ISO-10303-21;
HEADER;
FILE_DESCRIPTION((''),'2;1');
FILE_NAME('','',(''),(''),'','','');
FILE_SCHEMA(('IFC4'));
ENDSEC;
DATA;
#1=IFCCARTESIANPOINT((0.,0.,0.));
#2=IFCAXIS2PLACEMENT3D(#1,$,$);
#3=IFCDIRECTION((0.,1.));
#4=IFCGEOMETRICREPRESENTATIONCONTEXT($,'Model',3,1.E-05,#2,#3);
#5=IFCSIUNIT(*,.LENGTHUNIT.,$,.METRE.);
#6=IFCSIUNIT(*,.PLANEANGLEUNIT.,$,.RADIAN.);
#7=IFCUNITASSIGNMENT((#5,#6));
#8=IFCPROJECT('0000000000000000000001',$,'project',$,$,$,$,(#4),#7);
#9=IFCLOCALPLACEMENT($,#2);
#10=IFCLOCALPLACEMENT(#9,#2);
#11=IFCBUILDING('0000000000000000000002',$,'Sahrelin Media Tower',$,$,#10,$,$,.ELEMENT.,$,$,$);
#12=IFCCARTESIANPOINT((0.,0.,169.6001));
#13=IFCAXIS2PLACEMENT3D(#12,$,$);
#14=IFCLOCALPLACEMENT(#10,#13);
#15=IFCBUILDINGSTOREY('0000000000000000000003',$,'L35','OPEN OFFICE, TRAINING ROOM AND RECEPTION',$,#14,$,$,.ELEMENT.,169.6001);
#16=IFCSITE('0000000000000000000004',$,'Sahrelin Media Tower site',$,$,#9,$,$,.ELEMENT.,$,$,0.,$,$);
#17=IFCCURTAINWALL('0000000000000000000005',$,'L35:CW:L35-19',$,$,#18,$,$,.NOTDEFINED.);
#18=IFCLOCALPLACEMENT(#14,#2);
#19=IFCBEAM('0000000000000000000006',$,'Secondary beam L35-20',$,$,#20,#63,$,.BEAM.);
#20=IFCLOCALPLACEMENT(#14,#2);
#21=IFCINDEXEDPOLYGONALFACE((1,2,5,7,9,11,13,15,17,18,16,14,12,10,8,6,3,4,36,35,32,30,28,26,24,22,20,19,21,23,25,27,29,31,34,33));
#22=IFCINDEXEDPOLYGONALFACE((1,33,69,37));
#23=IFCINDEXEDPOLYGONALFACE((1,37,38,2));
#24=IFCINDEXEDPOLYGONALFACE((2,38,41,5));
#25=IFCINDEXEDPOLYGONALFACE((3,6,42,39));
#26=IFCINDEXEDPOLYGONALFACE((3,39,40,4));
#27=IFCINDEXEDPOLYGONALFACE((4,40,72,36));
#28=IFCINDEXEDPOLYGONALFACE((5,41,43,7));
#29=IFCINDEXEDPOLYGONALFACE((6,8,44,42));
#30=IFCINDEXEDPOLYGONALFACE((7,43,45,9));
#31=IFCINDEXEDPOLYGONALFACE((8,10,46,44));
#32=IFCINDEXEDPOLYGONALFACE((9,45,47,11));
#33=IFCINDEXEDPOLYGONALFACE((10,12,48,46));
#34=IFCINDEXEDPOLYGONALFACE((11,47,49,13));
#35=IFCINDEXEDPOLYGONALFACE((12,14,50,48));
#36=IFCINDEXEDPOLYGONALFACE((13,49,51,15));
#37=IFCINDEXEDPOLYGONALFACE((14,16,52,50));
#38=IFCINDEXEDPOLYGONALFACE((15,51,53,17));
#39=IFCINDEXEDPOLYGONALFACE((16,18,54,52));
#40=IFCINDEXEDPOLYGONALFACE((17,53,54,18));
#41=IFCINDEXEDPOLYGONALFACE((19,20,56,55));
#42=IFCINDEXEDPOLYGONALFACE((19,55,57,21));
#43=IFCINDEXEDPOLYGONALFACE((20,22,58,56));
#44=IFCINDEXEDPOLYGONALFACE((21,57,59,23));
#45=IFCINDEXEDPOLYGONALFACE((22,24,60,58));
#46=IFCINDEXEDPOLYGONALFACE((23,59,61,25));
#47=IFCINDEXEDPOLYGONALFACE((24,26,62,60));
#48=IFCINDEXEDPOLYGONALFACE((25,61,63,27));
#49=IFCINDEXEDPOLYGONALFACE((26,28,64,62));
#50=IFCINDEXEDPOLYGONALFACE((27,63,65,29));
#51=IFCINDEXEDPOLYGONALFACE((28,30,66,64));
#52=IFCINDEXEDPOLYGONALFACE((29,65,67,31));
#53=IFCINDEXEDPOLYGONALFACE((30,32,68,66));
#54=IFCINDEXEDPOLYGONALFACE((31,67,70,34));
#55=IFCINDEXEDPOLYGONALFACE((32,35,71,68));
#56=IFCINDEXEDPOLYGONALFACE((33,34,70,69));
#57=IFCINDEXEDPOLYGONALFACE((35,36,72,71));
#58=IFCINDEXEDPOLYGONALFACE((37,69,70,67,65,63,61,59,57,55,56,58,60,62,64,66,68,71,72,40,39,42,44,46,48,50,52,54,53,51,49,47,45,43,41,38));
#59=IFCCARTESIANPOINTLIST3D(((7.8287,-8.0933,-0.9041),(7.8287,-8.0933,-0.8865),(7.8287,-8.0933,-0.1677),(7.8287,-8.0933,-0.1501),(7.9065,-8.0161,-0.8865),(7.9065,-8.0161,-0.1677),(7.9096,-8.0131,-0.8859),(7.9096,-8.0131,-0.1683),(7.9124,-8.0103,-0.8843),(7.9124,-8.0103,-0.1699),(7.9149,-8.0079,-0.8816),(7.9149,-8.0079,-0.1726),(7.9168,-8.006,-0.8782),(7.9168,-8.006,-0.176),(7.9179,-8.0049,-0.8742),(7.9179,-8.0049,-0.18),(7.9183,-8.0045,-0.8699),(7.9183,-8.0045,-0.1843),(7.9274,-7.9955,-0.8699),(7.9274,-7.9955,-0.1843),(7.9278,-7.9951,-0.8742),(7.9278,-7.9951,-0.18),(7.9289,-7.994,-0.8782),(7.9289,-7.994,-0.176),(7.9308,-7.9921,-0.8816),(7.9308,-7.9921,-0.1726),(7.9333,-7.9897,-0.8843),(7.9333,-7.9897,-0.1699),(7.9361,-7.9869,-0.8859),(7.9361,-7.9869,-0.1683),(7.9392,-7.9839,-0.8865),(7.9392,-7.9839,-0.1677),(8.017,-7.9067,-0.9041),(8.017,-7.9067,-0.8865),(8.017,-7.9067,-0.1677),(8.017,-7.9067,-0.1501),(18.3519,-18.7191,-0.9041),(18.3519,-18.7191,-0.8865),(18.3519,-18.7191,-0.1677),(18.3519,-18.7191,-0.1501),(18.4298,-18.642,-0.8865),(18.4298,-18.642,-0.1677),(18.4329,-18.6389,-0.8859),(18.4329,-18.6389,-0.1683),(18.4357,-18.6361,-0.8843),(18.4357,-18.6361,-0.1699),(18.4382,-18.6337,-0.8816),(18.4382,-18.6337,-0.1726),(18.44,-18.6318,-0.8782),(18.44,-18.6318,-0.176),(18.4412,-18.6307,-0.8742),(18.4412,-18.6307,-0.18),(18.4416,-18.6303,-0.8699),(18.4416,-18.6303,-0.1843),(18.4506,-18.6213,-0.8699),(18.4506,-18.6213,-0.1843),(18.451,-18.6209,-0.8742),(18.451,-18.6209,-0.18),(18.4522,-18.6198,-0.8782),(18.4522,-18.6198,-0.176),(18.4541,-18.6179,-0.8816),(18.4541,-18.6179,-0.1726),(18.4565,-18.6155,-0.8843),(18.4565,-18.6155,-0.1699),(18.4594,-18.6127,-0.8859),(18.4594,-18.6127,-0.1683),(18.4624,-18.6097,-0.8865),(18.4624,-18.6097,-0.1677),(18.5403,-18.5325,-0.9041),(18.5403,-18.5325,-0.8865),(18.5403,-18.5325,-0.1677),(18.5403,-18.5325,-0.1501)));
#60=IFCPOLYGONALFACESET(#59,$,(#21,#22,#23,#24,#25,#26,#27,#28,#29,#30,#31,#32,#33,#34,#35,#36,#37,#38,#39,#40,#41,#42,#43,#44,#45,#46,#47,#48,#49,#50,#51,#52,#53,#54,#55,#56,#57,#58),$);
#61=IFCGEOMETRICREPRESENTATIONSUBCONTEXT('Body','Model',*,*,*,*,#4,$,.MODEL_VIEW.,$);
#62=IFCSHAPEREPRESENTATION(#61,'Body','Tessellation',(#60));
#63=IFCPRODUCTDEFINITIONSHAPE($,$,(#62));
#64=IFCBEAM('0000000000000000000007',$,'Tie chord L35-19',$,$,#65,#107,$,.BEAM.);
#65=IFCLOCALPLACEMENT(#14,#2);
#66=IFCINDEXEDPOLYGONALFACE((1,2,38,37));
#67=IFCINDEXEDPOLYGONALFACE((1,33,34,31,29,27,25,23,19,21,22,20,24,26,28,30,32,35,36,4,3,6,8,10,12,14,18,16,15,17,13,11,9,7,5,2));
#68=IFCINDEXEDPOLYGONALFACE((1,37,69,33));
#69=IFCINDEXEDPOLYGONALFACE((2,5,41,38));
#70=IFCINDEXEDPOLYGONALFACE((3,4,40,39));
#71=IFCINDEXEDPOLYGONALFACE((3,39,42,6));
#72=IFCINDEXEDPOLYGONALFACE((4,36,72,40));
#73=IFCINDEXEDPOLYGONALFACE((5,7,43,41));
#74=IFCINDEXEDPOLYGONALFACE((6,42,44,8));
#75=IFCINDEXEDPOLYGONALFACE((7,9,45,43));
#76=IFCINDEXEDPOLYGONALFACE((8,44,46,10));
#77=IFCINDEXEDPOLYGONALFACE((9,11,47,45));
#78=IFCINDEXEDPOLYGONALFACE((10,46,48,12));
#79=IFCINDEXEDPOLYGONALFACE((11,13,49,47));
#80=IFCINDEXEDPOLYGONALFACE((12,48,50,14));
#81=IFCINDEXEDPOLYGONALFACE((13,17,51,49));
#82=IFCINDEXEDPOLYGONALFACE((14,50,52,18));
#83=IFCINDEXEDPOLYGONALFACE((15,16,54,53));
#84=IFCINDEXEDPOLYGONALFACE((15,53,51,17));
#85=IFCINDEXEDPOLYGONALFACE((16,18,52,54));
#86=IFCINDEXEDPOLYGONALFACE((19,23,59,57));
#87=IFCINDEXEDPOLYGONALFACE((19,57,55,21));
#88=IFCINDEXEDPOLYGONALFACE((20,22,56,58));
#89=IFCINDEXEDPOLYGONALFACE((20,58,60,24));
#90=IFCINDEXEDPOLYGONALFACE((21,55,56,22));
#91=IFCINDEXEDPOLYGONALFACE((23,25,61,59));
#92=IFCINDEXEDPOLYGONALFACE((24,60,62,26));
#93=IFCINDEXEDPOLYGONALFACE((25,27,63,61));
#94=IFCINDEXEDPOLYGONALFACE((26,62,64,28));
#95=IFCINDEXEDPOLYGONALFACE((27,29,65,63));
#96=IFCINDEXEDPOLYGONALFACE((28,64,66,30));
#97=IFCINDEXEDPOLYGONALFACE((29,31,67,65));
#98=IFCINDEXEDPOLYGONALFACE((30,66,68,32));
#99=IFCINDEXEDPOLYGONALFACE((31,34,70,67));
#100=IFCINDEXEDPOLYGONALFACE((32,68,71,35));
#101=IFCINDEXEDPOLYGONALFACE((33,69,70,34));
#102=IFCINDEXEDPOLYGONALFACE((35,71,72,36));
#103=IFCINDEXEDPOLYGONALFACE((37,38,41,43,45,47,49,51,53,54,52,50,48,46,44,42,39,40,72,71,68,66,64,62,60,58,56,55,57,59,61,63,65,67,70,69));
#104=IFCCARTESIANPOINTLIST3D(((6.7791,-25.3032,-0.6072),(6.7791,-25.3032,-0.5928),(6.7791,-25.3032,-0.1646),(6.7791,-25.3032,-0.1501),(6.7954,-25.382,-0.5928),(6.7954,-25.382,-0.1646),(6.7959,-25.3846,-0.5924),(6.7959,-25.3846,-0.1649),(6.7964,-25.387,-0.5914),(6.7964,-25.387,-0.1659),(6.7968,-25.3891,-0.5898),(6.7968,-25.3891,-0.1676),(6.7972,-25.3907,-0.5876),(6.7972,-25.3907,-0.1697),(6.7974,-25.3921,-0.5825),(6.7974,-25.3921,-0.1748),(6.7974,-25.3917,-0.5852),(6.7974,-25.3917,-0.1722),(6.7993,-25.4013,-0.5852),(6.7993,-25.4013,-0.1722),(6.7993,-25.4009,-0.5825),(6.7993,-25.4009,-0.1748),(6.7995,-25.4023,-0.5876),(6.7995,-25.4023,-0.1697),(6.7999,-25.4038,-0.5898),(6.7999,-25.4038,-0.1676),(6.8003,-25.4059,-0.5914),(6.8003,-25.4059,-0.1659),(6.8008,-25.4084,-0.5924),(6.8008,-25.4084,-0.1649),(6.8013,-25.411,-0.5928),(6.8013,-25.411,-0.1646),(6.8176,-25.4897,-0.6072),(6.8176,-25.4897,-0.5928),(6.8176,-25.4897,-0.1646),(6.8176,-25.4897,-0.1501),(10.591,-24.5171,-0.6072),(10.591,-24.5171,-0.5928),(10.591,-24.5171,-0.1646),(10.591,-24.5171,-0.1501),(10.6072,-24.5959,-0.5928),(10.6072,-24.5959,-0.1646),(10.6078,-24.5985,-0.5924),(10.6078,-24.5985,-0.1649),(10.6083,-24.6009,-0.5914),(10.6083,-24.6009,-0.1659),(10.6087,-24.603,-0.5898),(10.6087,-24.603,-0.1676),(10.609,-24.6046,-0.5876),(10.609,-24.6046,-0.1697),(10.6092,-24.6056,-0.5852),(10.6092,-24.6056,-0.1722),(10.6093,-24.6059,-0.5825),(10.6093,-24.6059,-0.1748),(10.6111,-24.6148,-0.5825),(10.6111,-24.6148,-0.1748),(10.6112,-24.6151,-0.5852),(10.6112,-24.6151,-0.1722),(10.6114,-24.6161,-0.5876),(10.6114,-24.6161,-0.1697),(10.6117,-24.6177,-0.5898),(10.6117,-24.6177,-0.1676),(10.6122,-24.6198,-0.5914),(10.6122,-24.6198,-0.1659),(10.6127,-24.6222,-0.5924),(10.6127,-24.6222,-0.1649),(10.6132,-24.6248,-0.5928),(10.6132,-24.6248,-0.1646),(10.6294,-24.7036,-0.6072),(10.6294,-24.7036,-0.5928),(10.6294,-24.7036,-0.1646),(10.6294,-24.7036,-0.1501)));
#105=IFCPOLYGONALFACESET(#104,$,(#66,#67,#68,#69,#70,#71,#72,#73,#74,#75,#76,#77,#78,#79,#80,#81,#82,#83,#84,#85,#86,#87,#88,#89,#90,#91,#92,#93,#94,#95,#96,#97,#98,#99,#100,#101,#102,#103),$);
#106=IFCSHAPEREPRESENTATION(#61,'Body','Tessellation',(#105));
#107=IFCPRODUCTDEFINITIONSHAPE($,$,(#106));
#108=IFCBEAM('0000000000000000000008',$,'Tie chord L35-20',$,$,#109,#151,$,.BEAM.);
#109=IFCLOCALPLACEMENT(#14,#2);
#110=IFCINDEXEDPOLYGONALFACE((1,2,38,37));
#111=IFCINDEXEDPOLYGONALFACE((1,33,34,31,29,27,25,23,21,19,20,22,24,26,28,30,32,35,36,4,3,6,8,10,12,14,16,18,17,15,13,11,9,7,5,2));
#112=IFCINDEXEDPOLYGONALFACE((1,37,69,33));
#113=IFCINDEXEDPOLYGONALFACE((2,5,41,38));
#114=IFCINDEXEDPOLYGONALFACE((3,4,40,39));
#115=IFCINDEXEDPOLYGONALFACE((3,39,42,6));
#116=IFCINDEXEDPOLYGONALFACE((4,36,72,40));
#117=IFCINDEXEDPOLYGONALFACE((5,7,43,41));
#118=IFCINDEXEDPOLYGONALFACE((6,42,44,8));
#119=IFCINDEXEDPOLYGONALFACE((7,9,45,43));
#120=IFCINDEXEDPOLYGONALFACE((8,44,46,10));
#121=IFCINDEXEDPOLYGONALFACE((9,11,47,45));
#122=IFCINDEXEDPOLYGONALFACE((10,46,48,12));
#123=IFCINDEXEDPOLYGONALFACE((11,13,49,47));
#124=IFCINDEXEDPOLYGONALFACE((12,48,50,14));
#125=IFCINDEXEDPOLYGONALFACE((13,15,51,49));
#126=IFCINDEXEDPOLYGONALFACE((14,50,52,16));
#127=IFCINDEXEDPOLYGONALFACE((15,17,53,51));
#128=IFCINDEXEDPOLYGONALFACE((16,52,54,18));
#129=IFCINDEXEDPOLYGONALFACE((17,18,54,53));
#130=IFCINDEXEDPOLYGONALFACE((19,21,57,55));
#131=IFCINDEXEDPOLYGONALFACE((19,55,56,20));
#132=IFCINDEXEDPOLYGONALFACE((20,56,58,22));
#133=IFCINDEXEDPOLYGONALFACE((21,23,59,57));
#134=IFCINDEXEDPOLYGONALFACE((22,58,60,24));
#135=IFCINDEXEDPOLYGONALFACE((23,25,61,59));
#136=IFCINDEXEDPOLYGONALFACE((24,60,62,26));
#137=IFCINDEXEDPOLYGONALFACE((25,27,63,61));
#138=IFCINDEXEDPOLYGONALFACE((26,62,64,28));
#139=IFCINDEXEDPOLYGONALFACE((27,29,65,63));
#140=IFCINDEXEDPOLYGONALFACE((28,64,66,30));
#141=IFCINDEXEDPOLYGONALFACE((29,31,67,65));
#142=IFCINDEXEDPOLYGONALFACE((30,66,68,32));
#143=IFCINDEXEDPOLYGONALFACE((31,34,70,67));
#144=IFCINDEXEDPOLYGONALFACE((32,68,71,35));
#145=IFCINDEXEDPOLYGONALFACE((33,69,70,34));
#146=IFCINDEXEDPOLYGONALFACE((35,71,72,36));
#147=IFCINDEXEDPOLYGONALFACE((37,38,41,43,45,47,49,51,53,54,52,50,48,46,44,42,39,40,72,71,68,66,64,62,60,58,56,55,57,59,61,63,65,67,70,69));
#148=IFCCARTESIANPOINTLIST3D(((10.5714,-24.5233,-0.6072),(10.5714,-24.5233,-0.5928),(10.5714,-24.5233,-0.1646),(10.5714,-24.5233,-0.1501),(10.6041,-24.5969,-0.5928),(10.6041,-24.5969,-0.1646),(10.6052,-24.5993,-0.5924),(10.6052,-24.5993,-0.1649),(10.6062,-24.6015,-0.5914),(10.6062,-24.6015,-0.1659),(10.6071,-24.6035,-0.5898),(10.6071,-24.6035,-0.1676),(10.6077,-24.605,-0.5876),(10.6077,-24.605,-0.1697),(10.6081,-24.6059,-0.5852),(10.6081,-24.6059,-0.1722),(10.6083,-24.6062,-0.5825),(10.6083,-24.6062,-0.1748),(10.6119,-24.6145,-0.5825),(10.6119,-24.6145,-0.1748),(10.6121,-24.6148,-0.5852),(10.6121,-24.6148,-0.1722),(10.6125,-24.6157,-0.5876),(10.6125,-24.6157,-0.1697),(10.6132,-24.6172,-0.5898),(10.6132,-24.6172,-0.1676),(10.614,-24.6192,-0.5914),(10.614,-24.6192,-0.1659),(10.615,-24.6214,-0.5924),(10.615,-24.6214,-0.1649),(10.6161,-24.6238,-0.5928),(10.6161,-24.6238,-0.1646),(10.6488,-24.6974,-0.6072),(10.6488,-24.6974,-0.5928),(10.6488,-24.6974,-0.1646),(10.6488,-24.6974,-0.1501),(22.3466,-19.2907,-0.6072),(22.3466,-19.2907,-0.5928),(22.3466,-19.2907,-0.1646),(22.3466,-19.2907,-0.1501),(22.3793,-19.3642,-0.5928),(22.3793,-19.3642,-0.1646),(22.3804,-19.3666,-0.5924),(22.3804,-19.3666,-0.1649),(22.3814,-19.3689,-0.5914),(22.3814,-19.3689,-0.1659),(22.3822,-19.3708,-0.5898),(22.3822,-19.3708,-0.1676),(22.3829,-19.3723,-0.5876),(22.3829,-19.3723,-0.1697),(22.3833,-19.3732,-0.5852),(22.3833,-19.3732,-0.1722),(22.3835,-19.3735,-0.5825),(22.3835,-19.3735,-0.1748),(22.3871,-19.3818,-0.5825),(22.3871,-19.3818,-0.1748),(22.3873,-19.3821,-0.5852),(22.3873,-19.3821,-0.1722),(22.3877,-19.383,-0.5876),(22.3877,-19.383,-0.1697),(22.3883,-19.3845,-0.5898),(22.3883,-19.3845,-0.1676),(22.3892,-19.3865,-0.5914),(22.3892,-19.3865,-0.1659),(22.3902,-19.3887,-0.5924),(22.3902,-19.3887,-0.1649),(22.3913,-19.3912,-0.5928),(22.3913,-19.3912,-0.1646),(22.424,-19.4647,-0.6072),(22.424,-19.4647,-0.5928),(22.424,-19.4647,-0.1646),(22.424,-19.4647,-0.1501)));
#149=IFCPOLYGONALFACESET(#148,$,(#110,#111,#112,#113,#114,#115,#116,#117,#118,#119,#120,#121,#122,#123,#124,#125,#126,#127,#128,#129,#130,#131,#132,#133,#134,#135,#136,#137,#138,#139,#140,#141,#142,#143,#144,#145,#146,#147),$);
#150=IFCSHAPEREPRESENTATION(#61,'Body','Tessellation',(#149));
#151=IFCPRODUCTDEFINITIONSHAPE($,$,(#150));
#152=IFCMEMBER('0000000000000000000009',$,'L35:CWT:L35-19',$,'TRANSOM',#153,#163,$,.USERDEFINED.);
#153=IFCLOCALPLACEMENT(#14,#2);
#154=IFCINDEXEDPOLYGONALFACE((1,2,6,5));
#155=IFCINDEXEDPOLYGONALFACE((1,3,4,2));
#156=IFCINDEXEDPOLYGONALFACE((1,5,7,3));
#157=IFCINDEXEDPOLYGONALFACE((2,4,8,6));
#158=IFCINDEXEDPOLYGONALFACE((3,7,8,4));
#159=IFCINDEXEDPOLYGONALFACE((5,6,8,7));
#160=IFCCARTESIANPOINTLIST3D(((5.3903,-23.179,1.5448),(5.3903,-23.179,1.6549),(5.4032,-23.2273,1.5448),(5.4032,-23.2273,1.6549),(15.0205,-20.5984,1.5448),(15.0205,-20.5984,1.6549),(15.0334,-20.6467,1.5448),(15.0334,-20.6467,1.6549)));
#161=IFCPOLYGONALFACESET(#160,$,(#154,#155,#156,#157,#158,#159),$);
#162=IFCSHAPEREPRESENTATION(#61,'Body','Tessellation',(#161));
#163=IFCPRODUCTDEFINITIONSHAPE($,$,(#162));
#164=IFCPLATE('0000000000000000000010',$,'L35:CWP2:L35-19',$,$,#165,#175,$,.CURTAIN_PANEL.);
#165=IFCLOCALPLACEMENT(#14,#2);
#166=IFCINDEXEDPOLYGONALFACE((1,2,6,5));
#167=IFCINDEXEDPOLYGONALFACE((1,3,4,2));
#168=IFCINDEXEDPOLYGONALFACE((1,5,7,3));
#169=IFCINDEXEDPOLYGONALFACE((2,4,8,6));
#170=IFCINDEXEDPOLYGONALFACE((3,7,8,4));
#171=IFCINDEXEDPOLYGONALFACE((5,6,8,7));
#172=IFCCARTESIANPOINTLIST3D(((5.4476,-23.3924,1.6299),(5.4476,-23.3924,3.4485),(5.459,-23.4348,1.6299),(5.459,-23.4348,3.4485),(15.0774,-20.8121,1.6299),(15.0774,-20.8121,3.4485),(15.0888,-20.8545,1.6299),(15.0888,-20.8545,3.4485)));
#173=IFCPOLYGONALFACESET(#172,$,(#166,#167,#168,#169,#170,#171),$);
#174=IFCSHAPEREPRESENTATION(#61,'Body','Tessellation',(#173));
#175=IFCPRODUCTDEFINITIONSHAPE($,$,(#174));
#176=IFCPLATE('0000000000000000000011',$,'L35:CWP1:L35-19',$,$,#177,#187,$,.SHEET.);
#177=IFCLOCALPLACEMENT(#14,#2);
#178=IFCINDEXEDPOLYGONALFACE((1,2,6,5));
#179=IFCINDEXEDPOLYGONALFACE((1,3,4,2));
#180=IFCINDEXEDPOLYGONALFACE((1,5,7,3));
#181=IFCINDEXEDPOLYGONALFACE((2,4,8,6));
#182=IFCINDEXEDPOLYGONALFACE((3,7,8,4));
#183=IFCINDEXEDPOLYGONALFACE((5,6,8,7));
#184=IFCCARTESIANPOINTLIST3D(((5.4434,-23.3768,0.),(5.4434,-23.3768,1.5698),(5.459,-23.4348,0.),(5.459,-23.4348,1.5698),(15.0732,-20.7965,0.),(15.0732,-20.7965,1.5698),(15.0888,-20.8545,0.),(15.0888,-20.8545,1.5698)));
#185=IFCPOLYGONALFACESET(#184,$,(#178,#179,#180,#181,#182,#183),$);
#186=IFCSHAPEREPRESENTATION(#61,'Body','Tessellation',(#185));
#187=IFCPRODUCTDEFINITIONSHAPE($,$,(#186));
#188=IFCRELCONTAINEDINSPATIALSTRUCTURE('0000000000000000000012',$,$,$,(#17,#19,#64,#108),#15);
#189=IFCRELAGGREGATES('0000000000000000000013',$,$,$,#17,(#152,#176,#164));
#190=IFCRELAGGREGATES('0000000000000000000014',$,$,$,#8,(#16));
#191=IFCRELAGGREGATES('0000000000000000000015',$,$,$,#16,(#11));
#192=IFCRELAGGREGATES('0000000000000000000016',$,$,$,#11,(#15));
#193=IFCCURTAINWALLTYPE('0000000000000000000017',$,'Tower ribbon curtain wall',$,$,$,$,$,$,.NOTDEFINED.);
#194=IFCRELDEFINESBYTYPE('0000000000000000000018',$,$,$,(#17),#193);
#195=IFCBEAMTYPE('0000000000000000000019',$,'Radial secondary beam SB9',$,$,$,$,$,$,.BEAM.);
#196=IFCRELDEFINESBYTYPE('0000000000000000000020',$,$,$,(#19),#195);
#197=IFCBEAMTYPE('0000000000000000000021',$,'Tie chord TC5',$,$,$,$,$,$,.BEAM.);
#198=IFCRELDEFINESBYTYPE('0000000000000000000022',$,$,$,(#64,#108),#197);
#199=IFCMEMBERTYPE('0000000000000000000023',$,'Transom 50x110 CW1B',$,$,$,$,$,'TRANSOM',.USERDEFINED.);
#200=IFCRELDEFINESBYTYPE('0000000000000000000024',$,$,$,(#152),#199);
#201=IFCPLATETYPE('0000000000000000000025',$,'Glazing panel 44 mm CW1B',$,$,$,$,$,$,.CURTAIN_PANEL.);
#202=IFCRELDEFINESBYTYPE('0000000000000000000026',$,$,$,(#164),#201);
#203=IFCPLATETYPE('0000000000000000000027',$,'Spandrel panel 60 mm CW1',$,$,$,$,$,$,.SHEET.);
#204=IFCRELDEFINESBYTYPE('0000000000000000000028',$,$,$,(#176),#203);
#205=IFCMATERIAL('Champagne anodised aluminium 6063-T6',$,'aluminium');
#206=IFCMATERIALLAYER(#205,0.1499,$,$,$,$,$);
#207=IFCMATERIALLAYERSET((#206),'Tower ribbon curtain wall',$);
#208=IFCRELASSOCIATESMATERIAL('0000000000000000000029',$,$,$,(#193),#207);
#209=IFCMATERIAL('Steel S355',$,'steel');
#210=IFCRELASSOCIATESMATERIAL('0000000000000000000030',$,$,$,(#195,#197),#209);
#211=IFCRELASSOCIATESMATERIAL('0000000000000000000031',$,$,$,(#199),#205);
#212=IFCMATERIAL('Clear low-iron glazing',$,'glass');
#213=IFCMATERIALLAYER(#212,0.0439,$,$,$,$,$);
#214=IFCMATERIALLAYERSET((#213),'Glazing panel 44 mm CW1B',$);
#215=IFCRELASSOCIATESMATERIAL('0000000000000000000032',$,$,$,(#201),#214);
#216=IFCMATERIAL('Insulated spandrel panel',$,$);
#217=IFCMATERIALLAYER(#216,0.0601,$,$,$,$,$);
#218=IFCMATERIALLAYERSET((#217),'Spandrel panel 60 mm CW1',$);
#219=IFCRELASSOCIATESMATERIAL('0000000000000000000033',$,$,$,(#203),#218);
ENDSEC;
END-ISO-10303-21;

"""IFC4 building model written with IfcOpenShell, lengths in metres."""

from ifc_helpers import new_model, si_unit, direction, frame, origin, origin_2d, place, context, subcontext, project, spatial, polyline, rectangle, i_section, outline, extrude, material, layer, layer_set, material_profile, profile_set, type_object, element, aggregate, save


model = new_model("IFC4")

# Units and contexts
model_context = context("Model", 3, precision=1e-05, world=origin(), true_north=direction((0.0, 1.0)))
body_context = subcontext(model_context, "Body", "Model", "MODEL_VIEW")
ifc_project = project(units=[si_unit("LENGTHUNIT", "METRE"), si_unit("PLANEANGLEUNIT", "RADIAN")], contexts=[model_context])

# Site, building, storey
site_placement = place(None, origin())
site = spatial("IfcSite", under=ifc_project, at=site_placement, Name="Sahrelin Media Tower site", CompositionType="ELEMENT", RefElevation=0.0)
building_placement = place(site_placement, origin())
building = spatial("IfcBuilding", under=site, at=building_placement, Name="Sahrelin Media Tower", CompositionType="ELEMENT")
storey_placement = place(building_placement, frame((0.0, 0.0, 169.6001)))
storey = spatial("IfcBuildingStorey", under=building, at=storey_placement, Name="L35", Description="OPEN OFFICE, TRAINING ROOM AND RECEPTION", CompositionType="ELEMENT", Elevation=169.6001)

# Shared definitions
ifc_material_1 = material(Name="Steel S355", Category="steel")

# Curtain wall
ifc_material_2 = material(Name="Champagne anodised aluminium 6063-T6", Category="aluminium")
ifc_layer_1 = layer(ifc_material_2, 0.1499)
ifc_layer_set_1 = layer_set([ifc_layer_1], Name="Tower ribbon curtain wall")
curtain_wall_type = type_object("IfcCurtainWallType", Name="Tower ribbon curtain wall", PredefinedType="NOTDEFINED", material=ifc_layer_set_1)
curtain_wall_placement = place(storey_placement, frame((10.2688, -22.1255, 0.0), z_axis=(0.0, 0.0, 1.0), x_axis=(1.0, 0.0, 0.0)))
curtain_wall = element("IfcCurtainWall", 1, at=curtain_wall_placement, inside=storey, type_object=curtain_wall_type, Name="L35:CW:L35-19", PredefinedType="NOTDEFINED")

# Beams
ifc_material_profile_1 = material_profile(ifc_material_1, i_section(OverallWidth=0.2651, OverallDepth=0.7539, WebThickness=0.0127, FlangeThickness=0.0176, FilletRadius=0.0166, at=origin_2d()), Name="UB 762x267x147")
ifc_profile_set_1 = profile_set([ifc_material_profile_1], Name="Steel S355")
beam_type_1 = type_object("IfcBeamType", Name="Radial secondary beam SB9", PredefinedType="BEAM", material=ifc_profile_set_1)
beam_1_placement = place(storey_placement, frame((7.9229, -8.0, -0.5271), z_axis=(0.70367, -0.710527, 0.0), x_axis=(0.710527, 0.70367, 0.0)))
element("IfcBeam", 2, at=beam_1_placement, inside=storey, type_object=beam_type_1, Name="Secondary beam L35-20", PredefinedType="BEAM", context=body_context, shape_type="SweptSolid", body=[
    extrude(i_section(OverallWidth=0.2651, OverallDepth=0.7539, WebThickness=0.0127, FlangeThickness=0.0176, FilletRadius=0.0166, at=origin_2d()), origin(), (0.0, 0.0, 1.0), 14.9548),
])
ifc_material_profile_2 = material_profile(ifc_material_1, i_section(OverallWidth=0.1904, OverallDepth=0.457, WebThickness=0.009, FlangeThickness=0.0144, FilletRadius=0.0103, at=origin_2d()), Name="UB 457x191x74")
ifc_profile_set_2 = profile_set([ifc_material_profile_2], Name="Steel S355")
beam_type_2 = type_object("IfcBeamType", Name="Tie chord TC5", PredefinedType="BEAM", material=ifc_profile_set_2)
beam_2_placement = place(storey_placement, frame((6.7983, -25.3965, -0.3787), z_axis=(0.979388, 0.201987, 0.0), x_axis=(-0.201987, 0.979388, 0.0)))
element("IfcBeam", 3, at=beam_2_placement, inside=storey, type_object=beam_type_2, Name="Tie chord L35-19", PredefinedType="BEAM", context=body_context, shape_type="SweptSolid", body=[
    extrude(i_section(OverallWidth=0.1904, OverallDepth=0.457, WebThickness=0.009, FlangeThickness=0.0144, FilletRadius=0.0103, at=origin_2d()), origin(), (0.0, 0.0, 1.0), 3.8921),
])
beam_3_placement = place(storey_placement, frame((10.6101, -24.6104, -0.3787), z_axis=(0.913833, 0.406091, 0.0), x_axis=(-0.406091, 0.913833, 0.0)))
element("IfcBeam", 4, at=beam_3_placement, inside=storey, type_object=beam_type_2, Name="Tie chord L35-20", PredefinedType="BEAM", context=body_context, shape_type="SweptSolid", body=[
    extrude(i_section(OverallWidth=0.1904, OverallDepth=0.457, WebThickness=0.009, FlangeThickness=0.0144, FilletRadius=0.0103, at=origin_2d()), origin(), (0.0, 0.0, 1.0), 12.8855),
])

# Member
ifc_material_profile_3 = material_profile(ifc_material_2, rectangle(XDim=0.05, YDim=0.1101, at=origin_2d()), Name="Transom 50x110")
ifc_profile_set_3 = profile_set([ifc_material_profile_3], Name="Champagne anodised aluminium 6063-T6")
member_type_1 = type_object("IfcMemberType", Name="Transom 50x110 CW1B", ElementType="TRANSOM", PredefinedType="USERDEFINED", material=ifc_profile_set_3)
member_1_placement = place(storey_placement, frame((5.3967, -23.2031, 1.5999), z_axis=(0.965921, 0.258836, 0.0), x_axis=(-0.258836, 0.965921, 0.0)))
member_1 = element("IfcMember", 5, at=member_1_placement, type_object=member_type_1, Name="L35:CWT:L35-19", ObjectType="TRANSOM", PredefinedType="USERDEFINED", context=body_context, shape_type="SweptSolid", body=[
    extrude(rectangle(XDim=0.05, YDim=0.1101, at=origin_2d()), origin(), (0.0, 0.0, 1.0), 9.97),
])

# Plates
ifc_material_3 = material(Name="Clear low-iron glazing", Category="glass")
ifc_layer_2 = layer(ifc_material_3, 0.0439)
ifc_layer_set_2 = layer_set([ifc_layer_2], Name="Glazing panel 44 mm CW1B")
plate_type_1 = type_object("IfcPlateType", Name="Glazing panel 44 mm CW1B", PredefinedType="CURTAIN_PANEL", material=ifc_layer_set_2)
plate_1_placement = place(storey_placement, frame((5.459, -23.4348, 1.6299), z_axis=(0.258819, -0.965926, 0.0), x_axis=(0.965926, 0.258819, 0.0)))
plate_1 = element("IfcPlate", 6, at=plate_1_placement, type_object=plate_type_1, Name="L35:CWP2:L35-19", PredefinedType="CURTAIN_PANEL", context=body_context, shape_type="SweptSolid", body=[
    extrude(outline(polyline([(0.0, 0.0), (9.9695, 0.0), (9.9695, 1.8186), (0.0, 1.8186), (0.0, 0.0)])), origin(), (0.0, 0.0, -1.0), 0.0439),
])
ifc_material_4 = material(Name="Insulated spandrel panel")
ifc_layer_3 = layer(ifc_material_4, 0.0601)
ifc_layer_set_3 = layer_set([ifc_layer_3], Name="Spandrel panel 60 mm CW1")
plate_type_2 = type_object("IfcPlateType", Name="Spandrel panel 60 mm CW1", PredefinedType="SHEET", material=ifc_layer_set_3)
plate_2_placement = place(storey_placement, frame((5.459, -23.4348, 0.0), z_axis=(0.258819, -0.965926, 0.0), x_axis=(0.965926, 0.258819, 0.0)))
plate_2 = element("IfcPlate", 7, at=plate_2_placement, type_object=plate_type_2, Name="L35:CWP1:L35-19", PredefinedType="SHEET", context=body_context, shape_type="SweptSolid", body=[
    extrude(outline(polyline([(0.0, 0.0), (9.9695, 0.0), (9.9695, 1.5698), (0.0, 1.5698), (0.0, 0.0)])), origin(), (0.0, 0.0, -1.0), 0.0601),
])
aggregate(curtain_wall, [member_1, plate_2, plate_1])

save(model, "model.ifc")
